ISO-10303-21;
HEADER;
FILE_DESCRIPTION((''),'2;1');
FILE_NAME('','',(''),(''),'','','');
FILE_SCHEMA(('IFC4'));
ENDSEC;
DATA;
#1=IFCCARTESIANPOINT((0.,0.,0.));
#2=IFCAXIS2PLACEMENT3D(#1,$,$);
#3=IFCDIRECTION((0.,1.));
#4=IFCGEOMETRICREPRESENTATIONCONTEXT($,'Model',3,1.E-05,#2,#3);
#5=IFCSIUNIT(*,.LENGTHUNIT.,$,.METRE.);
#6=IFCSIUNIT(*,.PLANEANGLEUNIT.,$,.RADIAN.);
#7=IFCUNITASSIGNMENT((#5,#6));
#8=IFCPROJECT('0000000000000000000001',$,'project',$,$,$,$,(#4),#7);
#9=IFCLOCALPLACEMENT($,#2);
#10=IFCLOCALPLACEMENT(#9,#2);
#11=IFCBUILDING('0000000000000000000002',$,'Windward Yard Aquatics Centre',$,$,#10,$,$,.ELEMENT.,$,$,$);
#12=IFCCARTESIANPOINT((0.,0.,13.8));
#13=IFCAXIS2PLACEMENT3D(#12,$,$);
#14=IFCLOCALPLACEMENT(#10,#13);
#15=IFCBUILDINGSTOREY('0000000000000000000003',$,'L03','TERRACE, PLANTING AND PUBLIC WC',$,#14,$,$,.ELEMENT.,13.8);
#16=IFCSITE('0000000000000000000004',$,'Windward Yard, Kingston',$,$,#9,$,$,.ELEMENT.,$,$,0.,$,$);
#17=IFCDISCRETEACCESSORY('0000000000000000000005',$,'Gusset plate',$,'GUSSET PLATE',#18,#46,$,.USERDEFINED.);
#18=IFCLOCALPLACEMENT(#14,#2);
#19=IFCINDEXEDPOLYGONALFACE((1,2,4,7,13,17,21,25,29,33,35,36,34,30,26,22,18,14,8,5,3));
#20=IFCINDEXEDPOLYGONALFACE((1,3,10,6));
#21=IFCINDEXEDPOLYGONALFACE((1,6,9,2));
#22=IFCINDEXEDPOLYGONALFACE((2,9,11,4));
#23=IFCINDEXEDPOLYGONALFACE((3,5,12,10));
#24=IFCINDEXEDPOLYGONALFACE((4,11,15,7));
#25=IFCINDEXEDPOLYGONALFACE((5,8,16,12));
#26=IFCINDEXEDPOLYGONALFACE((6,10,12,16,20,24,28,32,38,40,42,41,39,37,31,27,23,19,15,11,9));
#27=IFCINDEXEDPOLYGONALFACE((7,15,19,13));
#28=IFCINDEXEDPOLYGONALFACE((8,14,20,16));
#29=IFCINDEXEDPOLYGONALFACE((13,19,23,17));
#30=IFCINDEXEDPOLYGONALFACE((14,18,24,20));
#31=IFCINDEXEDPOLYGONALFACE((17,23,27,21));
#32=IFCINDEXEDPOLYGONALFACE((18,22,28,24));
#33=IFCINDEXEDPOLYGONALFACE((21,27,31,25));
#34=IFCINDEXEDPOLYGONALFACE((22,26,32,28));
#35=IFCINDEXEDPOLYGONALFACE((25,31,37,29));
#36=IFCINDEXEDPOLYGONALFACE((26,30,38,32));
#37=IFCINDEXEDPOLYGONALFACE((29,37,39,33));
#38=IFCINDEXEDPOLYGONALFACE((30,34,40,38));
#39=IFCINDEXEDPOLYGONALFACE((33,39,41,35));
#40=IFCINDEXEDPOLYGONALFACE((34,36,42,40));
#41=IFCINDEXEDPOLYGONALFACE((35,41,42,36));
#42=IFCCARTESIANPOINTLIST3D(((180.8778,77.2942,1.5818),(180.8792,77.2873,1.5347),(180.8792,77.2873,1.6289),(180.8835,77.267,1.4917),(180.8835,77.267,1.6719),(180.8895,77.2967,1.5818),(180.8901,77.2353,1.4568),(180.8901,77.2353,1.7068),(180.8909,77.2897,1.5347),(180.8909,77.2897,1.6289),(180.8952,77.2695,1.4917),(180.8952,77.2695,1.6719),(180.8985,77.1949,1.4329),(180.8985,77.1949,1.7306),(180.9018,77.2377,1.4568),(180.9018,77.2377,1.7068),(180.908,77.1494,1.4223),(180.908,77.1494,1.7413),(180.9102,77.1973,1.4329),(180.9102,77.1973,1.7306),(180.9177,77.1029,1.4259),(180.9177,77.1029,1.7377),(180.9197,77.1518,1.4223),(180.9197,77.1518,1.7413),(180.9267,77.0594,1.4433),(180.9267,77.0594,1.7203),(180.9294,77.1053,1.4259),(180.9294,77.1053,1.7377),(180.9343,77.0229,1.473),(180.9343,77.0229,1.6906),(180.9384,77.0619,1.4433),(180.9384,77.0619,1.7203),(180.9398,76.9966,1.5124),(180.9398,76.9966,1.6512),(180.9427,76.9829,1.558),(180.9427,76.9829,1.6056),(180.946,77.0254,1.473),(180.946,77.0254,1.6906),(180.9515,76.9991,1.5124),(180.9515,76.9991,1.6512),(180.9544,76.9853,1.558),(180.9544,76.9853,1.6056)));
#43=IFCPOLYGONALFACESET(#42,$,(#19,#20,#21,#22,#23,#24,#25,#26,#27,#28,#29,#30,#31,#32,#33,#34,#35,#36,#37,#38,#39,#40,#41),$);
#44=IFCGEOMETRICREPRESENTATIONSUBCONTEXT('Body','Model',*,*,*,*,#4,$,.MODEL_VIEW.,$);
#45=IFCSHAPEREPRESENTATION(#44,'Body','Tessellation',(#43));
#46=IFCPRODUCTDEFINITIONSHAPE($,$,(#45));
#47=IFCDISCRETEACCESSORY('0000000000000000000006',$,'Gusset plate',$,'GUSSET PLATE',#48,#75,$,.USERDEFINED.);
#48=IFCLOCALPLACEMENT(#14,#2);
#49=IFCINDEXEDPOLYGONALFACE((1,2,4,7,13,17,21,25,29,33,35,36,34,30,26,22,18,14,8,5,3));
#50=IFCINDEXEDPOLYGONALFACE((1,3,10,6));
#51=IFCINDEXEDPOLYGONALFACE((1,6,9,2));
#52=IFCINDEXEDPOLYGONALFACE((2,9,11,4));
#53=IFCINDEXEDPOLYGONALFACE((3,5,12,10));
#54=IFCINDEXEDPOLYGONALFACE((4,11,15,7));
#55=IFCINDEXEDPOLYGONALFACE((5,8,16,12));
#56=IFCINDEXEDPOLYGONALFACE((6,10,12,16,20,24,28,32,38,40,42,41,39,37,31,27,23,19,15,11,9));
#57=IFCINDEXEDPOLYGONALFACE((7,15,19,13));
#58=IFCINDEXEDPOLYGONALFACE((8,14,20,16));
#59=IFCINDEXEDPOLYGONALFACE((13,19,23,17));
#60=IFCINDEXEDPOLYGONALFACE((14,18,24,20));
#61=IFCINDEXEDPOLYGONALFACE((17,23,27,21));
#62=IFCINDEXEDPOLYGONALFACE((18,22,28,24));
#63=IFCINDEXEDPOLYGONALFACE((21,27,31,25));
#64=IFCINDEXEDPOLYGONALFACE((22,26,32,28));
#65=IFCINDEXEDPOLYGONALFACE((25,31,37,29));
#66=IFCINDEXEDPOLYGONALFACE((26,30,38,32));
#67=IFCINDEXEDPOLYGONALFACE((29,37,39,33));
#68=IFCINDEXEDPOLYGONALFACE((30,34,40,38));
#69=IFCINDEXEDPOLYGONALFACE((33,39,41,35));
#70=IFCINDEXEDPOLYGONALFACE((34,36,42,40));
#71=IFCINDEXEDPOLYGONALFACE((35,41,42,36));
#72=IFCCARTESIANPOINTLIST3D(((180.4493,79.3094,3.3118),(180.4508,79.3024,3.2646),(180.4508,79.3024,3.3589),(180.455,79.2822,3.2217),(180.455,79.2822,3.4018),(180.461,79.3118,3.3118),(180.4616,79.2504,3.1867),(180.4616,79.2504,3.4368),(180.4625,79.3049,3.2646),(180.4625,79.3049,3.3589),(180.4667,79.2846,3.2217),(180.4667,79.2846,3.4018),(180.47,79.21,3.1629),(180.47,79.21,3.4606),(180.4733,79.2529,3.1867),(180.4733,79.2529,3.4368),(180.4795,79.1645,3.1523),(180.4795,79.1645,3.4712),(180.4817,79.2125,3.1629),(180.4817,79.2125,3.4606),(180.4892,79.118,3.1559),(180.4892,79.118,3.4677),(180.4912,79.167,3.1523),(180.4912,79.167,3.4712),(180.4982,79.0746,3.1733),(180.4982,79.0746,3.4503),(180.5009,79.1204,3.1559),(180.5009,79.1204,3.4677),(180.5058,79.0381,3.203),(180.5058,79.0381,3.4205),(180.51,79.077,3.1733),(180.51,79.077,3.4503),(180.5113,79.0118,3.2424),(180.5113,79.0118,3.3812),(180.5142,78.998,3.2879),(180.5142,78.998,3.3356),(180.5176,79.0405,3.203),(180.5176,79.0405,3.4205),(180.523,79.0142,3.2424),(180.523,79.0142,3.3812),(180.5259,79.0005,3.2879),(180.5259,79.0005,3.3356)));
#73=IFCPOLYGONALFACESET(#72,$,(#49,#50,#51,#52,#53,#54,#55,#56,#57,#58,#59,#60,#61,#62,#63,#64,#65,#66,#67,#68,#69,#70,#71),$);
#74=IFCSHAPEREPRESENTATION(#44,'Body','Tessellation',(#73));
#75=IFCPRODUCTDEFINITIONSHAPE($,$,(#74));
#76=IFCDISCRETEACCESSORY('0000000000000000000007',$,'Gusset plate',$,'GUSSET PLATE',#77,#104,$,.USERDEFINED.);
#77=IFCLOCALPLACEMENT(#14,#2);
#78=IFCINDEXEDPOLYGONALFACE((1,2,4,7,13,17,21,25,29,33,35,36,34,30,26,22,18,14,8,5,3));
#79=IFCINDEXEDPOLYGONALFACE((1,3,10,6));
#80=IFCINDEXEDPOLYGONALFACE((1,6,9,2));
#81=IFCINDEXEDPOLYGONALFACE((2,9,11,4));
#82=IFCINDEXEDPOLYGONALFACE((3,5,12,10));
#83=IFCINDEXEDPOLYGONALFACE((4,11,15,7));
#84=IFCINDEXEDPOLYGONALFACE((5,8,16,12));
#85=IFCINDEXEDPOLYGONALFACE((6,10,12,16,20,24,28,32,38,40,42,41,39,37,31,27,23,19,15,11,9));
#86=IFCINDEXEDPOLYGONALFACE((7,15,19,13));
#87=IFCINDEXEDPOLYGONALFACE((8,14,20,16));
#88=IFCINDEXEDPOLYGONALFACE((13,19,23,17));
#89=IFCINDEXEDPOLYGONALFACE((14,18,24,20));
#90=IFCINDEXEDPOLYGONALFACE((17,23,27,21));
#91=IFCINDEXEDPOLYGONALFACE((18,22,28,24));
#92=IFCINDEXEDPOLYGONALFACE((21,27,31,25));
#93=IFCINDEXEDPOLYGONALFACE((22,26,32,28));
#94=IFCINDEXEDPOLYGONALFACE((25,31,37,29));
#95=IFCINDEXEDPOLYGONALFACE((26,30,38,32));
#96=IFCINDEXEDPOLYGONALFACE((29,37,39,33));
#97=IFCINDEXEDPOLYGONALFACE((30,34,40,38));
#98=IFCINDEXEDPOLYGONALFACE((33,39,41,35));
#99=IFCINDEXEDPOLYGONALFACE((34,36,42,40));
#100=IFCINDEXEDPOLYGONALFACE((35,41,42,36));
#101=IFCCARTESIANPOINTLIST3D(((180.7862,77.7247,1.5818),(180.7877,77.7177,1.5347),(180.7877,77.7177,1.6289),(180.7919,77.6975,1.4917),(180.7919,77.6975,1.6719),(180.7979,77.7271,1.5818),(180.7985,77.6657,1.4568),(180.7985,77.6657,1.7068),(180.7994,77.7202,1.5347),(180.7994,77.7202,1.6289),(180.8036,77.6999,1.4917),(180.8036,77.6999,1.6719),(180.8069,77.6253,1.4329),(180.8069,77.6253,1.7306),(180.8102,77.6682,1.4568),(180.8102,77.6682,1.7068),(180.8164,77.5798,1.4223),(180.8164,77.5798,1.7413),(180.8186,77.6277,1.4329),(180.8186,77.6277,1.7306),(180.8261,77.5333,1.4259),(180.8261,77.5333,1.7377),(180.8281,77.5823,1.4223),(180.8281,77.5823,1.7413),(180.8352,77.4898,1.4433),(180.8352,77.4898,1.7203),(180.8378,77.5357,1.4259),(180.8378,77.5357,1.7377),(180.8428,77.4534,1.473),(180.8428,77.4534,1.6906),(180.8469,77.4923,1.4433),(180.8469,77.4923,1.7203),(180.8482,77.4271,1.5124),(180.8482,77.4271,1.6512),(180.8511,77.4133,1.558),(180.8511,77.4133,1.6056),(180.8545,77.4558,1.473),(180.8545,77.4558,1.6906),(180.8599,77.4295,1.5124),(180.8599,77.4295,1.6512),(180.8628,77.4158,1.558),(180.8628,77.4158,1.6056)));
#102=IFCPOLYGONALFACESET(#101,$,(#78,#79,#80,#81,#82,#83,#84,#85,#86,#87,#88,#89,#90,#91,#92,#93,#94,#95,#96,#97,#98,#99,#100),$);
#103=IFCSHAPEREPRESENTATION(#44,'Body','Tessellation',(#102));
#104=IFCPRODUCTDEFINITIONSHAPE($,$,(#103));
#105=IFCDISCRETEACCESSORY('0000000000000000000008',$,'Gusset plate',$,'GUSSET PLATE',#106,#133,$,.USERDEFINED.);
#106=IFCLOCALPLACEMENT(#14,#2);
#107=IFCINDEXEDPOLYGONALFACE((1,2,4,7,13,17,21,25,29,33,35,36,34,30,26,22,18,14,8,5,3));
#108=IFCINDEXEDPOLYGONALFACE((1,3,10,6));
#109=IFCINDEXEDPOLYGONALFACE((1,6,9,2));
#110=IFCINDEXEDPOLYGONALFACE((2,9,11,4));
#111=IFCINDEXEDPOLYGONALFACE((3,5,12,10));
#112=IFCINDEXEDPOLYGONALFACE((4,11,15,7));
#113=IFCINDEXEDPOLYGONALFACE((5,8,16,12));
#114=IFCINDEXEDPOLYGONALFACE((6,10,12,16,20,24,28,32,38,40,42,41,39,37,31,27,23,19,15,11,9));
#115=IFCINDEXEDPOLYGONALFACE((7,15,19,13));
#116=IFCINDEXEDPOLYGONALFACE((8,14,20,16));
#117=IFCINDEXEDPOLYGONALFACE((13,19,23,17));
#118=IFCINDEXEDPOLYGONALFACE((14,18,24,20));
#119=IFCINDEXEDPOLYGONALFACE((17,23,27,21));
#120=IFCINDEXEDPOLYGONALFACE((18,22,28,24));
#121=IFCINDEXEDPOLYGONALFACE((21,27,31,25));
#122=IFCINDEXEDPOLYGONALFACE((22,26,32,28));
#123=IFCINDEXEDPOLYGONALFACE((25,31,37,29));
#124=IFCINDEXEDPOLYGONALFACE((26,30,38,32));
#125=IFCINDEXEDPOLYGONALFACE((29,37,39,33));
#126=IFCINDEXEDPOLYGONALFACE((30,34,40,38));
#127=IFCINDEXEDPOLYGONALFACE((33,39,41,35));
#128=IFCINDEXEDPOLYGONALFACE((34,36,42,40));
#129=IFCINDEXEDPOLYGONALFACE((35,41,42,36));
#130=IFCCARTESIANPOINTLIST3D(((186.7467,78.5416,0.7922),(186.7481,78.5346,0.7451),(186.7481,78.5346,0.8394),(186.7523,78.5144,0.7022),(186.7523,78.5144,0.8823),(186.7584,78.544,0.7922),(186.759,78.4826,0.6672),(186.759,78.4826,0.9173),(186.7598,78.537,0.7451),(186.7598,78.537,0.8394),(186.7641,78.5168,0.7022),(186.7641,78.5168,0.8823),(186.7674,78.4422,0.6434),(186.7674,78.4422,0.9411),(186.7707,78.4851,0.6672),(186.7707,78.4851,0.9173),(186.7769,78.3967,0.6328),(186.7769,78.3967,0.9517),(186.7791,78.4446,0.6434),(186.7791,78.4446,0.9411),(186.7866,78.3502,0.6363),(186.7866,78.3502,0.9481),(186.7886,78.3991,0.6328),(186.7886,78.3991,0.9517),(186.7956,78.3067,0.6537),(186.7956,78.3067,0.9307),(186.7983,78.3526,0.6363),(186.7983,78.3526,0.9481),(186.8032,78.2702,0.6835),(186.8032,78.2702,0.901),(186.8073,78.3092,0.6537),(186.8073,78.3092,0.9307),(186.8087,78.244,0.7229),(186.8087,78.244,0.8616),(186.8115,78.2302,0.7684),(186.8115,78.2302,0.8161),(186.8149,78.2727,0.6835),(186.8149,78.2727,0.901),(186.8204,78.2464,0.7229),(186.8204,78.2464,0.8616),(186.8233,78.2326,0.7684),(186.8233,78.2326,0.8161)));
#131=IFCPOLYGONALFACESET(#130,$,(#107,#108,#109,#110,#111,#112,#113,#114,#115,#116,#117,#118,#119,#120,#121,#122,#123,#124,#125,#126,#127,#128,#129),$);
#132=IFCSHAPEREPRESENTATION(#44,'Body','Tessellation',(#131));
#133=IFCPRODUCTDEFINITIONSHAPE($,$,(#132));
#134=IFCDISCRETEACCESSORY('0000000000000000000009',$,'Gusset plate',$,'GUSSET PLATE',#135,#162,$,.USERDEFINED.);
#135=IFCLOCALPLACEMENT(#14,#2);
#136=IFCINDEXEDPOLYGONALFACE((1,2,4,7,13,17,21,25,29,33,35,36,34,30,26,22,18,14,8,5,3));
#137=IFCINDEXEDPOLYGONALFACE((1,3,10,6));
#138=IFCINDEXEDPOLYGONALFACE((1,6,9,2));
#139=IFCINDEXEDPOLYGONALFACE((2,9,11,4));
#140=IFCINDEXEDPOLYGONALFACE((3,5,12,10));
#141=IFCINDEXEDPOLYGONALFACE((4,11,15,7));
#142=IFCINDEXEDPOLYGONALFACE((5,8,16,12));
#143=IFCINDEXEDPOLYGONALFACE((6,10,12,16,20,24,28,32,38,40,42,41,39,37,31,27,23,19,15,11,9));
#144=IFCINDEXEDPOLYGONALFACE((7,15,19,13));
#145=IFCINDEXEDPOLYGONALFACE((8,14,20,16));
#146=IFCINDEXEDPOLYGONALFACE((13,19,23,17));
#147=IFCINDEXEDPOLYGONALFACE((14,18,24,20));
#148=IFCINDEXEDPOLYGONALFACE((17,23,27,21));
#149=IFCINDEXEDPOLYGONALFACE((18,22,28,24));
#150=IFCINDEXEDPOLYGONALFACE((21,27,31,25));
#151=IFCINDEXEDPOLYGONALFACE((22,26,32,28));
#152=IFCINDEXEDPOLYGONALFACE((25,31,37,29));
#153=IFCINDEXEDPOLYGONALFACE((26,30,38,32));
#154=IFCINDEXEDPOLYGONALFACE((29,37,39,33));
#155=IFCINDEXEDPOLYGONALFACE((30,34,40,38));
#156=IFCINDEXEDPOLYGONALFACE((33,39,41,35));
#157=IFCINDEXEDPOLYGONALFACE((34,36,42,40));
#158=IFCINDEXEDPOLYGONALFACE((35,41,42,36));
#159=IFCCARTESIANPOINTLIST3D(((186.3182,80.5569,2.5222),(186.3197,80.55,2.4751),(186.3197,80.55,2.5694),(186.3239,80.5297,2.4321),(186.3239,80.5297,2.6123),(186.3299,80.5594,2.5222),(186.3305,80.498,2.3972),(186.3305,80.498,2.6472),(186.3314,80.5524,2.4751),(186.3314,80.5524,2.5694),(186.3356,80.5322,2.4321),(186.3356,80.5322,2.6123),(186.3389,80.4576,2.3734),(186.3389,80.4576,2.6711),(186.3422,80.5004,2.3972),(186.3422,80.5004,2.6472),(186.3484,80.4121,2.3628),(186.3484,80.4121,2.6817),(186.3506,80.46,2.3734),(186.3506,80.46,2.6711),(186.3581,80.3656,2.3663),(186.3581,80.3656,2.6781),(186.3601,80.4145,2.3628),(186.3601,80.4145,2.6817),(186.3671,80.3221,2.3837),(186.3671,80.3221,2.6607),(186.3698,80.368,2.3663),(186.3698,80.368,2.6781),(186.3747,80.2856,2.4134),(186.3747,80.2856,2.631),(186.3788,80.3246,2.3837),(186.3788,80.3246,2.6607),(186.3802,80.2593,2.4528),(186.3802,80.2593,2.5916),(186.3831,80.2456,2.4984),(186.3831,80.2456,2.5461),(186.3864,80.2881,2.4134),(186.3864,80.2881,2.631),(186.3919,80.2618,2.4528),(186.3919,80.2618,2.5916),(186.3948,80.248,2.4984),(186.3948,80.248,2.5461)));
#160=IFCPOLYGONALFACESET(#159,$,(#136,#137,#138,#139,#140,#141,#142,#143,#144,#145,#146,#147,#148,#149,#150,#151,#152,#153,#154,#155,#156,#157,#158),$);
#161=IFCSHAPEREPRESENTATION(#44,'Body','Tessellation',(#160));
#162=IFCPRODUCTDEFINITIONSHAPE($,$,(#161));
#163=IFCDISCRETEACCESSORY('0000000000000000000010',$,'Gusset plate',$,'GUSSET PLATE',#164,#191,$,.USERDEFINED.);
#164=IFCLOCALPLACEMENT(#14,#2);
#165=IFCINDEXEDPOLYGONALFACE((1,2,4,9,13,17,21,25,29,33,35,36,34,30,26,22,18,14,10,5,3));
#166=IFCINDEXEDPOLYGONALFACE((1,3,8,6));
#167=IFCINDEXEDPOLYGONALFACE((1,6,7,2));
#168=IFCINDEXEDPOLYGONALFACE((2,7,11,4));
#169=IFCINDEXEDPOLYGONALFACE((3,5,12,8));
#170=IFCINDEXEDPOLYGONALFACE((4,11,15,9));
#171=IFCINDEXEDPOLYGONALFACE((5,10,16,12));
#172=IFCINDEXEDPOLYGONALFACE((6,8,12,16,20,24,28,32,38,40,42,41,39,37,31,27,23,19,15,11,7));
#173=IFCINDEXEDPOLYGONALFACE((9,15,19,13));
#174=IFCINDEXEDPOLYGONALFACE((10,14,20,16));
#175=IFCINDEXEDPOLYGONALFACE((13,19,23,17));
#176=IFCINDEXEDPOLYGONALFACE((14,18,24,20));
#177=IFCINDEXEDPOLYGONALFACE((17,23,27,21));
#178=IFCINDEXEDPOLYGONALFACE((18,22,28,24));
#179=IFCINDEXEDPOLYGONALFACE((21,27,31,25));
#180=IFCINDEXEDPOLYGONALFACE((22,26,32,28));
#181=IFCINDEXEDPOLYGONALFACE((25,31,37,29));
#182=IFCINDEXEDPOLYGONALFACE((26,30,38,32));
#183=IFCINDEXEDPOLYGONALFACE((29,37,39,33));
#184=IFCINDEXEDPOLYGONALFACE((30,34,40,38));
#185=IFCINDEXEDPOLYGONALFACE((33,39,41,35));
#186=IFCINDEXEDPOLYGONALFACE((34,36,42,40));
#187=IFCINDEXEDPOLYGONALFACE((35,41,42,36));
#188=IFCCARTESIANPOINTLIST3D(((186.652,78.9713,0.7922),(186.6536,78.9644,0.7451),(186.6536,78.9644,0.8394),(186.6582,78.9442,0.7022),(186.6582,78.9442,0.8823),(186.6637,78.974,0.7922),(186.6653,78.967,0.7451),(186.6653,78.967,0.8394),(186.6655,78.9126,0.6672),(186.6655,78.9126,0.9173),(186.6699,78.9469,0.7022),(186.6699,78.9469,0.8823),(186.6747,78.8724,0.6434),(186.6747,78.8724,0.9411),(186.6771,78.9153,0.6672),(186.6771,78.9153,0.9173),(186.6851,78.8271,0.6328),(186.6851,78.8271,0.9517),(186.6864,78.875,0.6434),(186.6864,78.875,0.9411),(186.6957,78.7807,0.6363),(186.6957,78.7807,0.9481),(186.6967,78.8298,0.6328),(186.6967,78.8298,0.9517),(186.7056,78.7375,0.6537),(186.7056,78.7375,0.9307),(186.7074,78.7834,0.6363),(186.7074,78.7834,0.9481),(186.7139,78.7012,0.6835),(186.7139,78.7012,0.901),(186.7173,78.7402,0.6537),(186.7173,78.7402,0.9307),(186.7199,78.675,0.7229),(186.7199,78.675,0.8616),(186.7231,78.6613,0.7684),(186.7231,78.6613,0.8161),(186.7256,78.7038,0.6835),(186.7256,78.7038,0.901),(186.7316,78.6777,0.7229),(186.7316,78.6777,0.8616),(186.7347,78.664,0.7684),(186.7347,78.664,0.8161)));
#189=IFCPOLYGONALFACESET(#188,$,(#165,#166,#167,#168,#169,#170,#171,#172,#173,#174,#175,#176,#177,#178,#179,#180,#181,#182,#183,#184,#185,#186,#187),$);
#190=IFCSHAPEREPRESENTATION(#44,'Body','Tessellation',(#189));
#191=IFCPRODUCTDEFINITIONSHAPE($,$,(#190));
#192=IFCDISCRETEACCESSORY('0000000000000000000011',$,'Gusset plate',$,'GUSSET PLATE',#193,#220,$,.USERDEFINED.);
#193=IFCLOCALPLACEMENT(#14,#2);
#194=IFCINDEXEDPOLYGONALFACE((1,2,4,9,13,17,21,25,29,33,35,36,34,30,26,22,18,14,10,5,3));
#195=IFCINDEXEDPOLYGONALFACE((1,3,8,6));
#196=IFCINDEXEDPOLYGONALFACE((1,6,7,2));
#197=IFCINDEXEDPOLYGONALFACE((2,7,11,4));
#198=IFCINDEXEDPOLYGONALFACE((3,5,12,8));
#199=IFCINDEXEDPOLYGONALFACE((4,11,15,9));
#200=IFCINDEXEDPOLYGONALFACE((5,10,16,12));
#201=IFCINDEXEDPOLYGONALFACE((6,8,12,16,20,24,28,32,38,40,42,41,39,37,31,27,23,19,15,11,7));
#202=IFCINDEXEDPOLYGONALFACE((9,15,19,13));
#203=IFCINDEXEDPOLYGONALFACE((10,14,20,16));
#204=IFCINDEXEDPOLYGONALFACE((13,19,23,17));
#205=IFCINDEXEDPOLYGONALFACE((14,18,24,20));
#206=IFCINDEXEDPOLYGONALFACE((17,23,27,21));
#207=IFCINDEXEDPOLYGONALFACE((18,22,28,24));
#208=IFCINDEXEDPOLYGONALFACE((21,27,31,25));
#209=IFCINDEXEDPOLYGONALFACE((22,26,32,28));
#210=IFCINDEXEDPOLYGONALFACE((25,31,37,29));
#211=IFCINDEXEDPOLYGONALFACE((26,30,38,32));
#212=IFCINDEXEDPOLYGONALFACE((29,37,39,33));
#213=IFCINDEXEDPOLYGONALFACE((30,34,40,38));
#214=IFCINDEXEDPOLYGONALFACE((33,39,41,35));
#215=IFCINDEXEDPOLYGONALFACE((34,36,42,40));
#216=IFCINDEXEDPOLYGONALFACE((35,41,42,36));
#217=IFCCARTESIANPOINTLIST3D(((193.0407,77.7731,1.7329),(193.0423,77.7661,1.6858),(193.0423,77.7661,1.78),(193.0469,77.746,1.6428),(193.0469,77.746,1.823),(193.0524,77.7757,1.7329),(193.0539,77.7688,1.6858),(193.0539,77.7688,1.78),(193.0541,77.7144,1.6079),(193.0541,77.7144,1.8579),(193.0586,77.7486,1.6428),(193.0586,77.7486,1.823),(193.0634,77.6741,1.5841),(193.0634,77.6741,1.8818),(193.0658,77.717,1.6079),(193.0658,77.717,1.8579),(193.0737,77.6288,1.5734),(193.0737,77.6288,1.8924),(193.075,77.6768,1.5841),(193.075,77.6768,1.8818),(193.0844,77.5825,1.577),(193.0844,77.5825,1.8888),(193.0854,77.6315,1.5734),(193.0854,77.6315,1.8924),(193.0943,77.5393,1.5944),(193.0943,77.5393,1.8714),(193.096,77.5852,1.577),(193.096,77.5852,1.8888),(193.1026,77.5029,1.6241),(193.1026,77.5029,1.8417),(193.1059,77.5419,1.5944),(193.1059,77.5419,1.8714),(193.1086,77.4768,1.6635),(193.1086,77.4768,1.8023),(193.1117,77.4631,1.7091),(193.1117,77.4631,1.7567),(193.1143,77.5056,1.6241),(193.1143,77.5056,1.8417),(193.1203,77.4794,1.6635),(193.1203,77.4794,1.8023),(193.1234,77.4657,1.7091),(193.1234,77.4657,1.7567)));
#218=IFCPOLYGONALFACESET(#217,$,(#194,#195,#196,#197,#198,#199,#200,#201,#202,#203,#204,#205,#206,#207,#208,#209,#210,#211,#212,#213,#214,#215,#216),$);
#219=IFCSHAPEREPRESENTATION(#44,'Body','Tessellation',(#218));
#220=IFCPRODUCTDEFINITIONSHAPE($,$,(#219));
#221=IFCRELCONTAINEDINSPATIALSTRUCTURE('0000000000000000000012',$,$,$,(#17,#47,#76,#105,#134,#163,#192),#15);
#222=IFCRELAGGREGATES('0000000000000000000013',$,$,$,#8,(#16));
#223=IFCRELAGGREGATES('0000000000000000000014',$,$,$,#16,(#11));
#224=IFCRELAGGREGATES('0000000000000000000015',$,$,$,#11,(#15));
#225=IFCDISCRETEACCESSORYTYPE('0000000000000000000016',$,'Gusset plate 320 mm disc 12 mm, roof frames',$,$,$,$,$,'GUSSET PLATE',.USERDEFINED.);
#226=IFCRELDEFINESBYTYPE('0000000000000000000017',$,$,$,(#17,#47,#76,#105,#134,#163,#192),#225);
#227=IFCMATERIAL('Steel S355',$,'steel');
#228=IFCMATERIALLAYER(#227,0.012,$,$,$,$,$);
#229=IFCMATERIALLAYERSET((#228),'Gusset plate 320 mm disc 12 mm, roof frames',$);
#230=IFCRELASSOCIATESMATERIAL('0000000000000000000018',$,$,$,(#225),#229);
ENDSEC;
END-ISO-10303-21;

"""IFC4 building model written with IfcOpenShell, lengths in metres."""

from ifc_helpers import new_model, si_unit, direction, frame, origin, origin_2d, place, context, subcontext, project, spatial, circle, extrude, material, layer, layer_set, type_object, element, save


model = new_model("IFC4")

# Units and contexts
model_context = context("Model", 3, precision=1e-05, world=origin(), true_north=direction((0.0, 1.0)))
body_context = subcontext(model_context, "Body", "Model", "MODEL_VIEW")
ifc_project = project(units=[si_unit("LENGTHUNIT", "METRE"), si_unit("PLANEANGLEUNIT", "RADIAN")], contexts=[model_context])

# Site, building, storey
site_placement = place(None, origin())
site = spatial("IfcSite", under=ifc_project, at=site_placement, Name="Windward Yard, Kingston", CompositionType="ELEMENT", RefElevation=0.0)
building_placement = place(site_placement, origin())
building = spatial("IfcBuilding", under=site, at=building_placement, Name="Windward Yard Aquatics Centre", CompositionType="ELEMENT")
storey_placement = place(building_placement, frame((0.0, 0.0, 13.8)))
storey = spatial("IfcBuildingStorey", under=building, at=storey_placement, Name="L03", Description="TERRACE, PLANTING AND PUBLIC WC", CompositionType="ELEMENT", Elevation=13.8)

# Discrete accessories
ifc_material_1 = material(Name="Steel S355", Category="steel")
ifc_layer_1 = layer(ifc_material_1, 0.012)
ifc_layer_set_1 = layer_set([ifc_layer_1], Name="Gusset plate 320 mm disc 12 mm, roof frames")
discrete_accessory_type_1 = type_object("IfcDiscreteAccessoryType", Name="Gusset plate 320 mm disc 12 mm, roof frames", ElementType="GUSSET PLATE", PredefinedType="USERDEFINED", material=ifc_layer_set_1)
for number, where, z_axis, x_axis, name in (
    (1, (180.9104, 77.1377, 1.5818), (0.97898, 0.203954, 0.0), (-0.203954, 0.97898, 0.0), "Gusset plate"),
    (2, (180.4819, 79.1528, 3.3118), (0.97898, 0.203954, 0.0), (-0.203954, 0.97898, 0.0), "Gusset plate"),
    (3, (180.8188, 77.5681, 1.5818), (0.97898, 0.203954, 0.0), (-0.203954, 0.97898, 0.0), "Gusset plate"),
    (4, (186.7793, 78.385, 0.7922), (0.97898, 0.203954, 0.0), (-0.203954, 0.97898, 0.0), "Gusset plate"),
    (5, (186.3508, 80.4004, 2.5222), (0.97898, 0.203954, 0.0), (-0.203954, 0.97898, 0.0), "Gusset plate"),
    (6, (186.6877, 78.8154, 0.7922), (0.974732, 0.223376, 0.0), (-0.223376, 0.974732, 0.0), "Gusset plate"),
    (7, (193.0764, 77.6172, 1.7329), (0.974732, 0.223376, 0.0), (-0.223376, 0.974732, 0.0), "Gusset plate"),
):
    element("IfcDiscreteAccessory", number, at=place(storey_placement, frame(where, z_axis=z_axis, x_axis=x_axis)), inside=storey, type_object=discrete_accessory_type_1, Name=name, ObjectType="GUSSET PLATE", PredefinedType="USERDEFINED", context=body_context, shape_type="SweptSolid", body=[
        extrude(circle(Radius=0.1599, at=origin_2d()), origin(), (0.0, 0.0, 1.0), 0.012),
    ])

save(model, "model.ifc")
